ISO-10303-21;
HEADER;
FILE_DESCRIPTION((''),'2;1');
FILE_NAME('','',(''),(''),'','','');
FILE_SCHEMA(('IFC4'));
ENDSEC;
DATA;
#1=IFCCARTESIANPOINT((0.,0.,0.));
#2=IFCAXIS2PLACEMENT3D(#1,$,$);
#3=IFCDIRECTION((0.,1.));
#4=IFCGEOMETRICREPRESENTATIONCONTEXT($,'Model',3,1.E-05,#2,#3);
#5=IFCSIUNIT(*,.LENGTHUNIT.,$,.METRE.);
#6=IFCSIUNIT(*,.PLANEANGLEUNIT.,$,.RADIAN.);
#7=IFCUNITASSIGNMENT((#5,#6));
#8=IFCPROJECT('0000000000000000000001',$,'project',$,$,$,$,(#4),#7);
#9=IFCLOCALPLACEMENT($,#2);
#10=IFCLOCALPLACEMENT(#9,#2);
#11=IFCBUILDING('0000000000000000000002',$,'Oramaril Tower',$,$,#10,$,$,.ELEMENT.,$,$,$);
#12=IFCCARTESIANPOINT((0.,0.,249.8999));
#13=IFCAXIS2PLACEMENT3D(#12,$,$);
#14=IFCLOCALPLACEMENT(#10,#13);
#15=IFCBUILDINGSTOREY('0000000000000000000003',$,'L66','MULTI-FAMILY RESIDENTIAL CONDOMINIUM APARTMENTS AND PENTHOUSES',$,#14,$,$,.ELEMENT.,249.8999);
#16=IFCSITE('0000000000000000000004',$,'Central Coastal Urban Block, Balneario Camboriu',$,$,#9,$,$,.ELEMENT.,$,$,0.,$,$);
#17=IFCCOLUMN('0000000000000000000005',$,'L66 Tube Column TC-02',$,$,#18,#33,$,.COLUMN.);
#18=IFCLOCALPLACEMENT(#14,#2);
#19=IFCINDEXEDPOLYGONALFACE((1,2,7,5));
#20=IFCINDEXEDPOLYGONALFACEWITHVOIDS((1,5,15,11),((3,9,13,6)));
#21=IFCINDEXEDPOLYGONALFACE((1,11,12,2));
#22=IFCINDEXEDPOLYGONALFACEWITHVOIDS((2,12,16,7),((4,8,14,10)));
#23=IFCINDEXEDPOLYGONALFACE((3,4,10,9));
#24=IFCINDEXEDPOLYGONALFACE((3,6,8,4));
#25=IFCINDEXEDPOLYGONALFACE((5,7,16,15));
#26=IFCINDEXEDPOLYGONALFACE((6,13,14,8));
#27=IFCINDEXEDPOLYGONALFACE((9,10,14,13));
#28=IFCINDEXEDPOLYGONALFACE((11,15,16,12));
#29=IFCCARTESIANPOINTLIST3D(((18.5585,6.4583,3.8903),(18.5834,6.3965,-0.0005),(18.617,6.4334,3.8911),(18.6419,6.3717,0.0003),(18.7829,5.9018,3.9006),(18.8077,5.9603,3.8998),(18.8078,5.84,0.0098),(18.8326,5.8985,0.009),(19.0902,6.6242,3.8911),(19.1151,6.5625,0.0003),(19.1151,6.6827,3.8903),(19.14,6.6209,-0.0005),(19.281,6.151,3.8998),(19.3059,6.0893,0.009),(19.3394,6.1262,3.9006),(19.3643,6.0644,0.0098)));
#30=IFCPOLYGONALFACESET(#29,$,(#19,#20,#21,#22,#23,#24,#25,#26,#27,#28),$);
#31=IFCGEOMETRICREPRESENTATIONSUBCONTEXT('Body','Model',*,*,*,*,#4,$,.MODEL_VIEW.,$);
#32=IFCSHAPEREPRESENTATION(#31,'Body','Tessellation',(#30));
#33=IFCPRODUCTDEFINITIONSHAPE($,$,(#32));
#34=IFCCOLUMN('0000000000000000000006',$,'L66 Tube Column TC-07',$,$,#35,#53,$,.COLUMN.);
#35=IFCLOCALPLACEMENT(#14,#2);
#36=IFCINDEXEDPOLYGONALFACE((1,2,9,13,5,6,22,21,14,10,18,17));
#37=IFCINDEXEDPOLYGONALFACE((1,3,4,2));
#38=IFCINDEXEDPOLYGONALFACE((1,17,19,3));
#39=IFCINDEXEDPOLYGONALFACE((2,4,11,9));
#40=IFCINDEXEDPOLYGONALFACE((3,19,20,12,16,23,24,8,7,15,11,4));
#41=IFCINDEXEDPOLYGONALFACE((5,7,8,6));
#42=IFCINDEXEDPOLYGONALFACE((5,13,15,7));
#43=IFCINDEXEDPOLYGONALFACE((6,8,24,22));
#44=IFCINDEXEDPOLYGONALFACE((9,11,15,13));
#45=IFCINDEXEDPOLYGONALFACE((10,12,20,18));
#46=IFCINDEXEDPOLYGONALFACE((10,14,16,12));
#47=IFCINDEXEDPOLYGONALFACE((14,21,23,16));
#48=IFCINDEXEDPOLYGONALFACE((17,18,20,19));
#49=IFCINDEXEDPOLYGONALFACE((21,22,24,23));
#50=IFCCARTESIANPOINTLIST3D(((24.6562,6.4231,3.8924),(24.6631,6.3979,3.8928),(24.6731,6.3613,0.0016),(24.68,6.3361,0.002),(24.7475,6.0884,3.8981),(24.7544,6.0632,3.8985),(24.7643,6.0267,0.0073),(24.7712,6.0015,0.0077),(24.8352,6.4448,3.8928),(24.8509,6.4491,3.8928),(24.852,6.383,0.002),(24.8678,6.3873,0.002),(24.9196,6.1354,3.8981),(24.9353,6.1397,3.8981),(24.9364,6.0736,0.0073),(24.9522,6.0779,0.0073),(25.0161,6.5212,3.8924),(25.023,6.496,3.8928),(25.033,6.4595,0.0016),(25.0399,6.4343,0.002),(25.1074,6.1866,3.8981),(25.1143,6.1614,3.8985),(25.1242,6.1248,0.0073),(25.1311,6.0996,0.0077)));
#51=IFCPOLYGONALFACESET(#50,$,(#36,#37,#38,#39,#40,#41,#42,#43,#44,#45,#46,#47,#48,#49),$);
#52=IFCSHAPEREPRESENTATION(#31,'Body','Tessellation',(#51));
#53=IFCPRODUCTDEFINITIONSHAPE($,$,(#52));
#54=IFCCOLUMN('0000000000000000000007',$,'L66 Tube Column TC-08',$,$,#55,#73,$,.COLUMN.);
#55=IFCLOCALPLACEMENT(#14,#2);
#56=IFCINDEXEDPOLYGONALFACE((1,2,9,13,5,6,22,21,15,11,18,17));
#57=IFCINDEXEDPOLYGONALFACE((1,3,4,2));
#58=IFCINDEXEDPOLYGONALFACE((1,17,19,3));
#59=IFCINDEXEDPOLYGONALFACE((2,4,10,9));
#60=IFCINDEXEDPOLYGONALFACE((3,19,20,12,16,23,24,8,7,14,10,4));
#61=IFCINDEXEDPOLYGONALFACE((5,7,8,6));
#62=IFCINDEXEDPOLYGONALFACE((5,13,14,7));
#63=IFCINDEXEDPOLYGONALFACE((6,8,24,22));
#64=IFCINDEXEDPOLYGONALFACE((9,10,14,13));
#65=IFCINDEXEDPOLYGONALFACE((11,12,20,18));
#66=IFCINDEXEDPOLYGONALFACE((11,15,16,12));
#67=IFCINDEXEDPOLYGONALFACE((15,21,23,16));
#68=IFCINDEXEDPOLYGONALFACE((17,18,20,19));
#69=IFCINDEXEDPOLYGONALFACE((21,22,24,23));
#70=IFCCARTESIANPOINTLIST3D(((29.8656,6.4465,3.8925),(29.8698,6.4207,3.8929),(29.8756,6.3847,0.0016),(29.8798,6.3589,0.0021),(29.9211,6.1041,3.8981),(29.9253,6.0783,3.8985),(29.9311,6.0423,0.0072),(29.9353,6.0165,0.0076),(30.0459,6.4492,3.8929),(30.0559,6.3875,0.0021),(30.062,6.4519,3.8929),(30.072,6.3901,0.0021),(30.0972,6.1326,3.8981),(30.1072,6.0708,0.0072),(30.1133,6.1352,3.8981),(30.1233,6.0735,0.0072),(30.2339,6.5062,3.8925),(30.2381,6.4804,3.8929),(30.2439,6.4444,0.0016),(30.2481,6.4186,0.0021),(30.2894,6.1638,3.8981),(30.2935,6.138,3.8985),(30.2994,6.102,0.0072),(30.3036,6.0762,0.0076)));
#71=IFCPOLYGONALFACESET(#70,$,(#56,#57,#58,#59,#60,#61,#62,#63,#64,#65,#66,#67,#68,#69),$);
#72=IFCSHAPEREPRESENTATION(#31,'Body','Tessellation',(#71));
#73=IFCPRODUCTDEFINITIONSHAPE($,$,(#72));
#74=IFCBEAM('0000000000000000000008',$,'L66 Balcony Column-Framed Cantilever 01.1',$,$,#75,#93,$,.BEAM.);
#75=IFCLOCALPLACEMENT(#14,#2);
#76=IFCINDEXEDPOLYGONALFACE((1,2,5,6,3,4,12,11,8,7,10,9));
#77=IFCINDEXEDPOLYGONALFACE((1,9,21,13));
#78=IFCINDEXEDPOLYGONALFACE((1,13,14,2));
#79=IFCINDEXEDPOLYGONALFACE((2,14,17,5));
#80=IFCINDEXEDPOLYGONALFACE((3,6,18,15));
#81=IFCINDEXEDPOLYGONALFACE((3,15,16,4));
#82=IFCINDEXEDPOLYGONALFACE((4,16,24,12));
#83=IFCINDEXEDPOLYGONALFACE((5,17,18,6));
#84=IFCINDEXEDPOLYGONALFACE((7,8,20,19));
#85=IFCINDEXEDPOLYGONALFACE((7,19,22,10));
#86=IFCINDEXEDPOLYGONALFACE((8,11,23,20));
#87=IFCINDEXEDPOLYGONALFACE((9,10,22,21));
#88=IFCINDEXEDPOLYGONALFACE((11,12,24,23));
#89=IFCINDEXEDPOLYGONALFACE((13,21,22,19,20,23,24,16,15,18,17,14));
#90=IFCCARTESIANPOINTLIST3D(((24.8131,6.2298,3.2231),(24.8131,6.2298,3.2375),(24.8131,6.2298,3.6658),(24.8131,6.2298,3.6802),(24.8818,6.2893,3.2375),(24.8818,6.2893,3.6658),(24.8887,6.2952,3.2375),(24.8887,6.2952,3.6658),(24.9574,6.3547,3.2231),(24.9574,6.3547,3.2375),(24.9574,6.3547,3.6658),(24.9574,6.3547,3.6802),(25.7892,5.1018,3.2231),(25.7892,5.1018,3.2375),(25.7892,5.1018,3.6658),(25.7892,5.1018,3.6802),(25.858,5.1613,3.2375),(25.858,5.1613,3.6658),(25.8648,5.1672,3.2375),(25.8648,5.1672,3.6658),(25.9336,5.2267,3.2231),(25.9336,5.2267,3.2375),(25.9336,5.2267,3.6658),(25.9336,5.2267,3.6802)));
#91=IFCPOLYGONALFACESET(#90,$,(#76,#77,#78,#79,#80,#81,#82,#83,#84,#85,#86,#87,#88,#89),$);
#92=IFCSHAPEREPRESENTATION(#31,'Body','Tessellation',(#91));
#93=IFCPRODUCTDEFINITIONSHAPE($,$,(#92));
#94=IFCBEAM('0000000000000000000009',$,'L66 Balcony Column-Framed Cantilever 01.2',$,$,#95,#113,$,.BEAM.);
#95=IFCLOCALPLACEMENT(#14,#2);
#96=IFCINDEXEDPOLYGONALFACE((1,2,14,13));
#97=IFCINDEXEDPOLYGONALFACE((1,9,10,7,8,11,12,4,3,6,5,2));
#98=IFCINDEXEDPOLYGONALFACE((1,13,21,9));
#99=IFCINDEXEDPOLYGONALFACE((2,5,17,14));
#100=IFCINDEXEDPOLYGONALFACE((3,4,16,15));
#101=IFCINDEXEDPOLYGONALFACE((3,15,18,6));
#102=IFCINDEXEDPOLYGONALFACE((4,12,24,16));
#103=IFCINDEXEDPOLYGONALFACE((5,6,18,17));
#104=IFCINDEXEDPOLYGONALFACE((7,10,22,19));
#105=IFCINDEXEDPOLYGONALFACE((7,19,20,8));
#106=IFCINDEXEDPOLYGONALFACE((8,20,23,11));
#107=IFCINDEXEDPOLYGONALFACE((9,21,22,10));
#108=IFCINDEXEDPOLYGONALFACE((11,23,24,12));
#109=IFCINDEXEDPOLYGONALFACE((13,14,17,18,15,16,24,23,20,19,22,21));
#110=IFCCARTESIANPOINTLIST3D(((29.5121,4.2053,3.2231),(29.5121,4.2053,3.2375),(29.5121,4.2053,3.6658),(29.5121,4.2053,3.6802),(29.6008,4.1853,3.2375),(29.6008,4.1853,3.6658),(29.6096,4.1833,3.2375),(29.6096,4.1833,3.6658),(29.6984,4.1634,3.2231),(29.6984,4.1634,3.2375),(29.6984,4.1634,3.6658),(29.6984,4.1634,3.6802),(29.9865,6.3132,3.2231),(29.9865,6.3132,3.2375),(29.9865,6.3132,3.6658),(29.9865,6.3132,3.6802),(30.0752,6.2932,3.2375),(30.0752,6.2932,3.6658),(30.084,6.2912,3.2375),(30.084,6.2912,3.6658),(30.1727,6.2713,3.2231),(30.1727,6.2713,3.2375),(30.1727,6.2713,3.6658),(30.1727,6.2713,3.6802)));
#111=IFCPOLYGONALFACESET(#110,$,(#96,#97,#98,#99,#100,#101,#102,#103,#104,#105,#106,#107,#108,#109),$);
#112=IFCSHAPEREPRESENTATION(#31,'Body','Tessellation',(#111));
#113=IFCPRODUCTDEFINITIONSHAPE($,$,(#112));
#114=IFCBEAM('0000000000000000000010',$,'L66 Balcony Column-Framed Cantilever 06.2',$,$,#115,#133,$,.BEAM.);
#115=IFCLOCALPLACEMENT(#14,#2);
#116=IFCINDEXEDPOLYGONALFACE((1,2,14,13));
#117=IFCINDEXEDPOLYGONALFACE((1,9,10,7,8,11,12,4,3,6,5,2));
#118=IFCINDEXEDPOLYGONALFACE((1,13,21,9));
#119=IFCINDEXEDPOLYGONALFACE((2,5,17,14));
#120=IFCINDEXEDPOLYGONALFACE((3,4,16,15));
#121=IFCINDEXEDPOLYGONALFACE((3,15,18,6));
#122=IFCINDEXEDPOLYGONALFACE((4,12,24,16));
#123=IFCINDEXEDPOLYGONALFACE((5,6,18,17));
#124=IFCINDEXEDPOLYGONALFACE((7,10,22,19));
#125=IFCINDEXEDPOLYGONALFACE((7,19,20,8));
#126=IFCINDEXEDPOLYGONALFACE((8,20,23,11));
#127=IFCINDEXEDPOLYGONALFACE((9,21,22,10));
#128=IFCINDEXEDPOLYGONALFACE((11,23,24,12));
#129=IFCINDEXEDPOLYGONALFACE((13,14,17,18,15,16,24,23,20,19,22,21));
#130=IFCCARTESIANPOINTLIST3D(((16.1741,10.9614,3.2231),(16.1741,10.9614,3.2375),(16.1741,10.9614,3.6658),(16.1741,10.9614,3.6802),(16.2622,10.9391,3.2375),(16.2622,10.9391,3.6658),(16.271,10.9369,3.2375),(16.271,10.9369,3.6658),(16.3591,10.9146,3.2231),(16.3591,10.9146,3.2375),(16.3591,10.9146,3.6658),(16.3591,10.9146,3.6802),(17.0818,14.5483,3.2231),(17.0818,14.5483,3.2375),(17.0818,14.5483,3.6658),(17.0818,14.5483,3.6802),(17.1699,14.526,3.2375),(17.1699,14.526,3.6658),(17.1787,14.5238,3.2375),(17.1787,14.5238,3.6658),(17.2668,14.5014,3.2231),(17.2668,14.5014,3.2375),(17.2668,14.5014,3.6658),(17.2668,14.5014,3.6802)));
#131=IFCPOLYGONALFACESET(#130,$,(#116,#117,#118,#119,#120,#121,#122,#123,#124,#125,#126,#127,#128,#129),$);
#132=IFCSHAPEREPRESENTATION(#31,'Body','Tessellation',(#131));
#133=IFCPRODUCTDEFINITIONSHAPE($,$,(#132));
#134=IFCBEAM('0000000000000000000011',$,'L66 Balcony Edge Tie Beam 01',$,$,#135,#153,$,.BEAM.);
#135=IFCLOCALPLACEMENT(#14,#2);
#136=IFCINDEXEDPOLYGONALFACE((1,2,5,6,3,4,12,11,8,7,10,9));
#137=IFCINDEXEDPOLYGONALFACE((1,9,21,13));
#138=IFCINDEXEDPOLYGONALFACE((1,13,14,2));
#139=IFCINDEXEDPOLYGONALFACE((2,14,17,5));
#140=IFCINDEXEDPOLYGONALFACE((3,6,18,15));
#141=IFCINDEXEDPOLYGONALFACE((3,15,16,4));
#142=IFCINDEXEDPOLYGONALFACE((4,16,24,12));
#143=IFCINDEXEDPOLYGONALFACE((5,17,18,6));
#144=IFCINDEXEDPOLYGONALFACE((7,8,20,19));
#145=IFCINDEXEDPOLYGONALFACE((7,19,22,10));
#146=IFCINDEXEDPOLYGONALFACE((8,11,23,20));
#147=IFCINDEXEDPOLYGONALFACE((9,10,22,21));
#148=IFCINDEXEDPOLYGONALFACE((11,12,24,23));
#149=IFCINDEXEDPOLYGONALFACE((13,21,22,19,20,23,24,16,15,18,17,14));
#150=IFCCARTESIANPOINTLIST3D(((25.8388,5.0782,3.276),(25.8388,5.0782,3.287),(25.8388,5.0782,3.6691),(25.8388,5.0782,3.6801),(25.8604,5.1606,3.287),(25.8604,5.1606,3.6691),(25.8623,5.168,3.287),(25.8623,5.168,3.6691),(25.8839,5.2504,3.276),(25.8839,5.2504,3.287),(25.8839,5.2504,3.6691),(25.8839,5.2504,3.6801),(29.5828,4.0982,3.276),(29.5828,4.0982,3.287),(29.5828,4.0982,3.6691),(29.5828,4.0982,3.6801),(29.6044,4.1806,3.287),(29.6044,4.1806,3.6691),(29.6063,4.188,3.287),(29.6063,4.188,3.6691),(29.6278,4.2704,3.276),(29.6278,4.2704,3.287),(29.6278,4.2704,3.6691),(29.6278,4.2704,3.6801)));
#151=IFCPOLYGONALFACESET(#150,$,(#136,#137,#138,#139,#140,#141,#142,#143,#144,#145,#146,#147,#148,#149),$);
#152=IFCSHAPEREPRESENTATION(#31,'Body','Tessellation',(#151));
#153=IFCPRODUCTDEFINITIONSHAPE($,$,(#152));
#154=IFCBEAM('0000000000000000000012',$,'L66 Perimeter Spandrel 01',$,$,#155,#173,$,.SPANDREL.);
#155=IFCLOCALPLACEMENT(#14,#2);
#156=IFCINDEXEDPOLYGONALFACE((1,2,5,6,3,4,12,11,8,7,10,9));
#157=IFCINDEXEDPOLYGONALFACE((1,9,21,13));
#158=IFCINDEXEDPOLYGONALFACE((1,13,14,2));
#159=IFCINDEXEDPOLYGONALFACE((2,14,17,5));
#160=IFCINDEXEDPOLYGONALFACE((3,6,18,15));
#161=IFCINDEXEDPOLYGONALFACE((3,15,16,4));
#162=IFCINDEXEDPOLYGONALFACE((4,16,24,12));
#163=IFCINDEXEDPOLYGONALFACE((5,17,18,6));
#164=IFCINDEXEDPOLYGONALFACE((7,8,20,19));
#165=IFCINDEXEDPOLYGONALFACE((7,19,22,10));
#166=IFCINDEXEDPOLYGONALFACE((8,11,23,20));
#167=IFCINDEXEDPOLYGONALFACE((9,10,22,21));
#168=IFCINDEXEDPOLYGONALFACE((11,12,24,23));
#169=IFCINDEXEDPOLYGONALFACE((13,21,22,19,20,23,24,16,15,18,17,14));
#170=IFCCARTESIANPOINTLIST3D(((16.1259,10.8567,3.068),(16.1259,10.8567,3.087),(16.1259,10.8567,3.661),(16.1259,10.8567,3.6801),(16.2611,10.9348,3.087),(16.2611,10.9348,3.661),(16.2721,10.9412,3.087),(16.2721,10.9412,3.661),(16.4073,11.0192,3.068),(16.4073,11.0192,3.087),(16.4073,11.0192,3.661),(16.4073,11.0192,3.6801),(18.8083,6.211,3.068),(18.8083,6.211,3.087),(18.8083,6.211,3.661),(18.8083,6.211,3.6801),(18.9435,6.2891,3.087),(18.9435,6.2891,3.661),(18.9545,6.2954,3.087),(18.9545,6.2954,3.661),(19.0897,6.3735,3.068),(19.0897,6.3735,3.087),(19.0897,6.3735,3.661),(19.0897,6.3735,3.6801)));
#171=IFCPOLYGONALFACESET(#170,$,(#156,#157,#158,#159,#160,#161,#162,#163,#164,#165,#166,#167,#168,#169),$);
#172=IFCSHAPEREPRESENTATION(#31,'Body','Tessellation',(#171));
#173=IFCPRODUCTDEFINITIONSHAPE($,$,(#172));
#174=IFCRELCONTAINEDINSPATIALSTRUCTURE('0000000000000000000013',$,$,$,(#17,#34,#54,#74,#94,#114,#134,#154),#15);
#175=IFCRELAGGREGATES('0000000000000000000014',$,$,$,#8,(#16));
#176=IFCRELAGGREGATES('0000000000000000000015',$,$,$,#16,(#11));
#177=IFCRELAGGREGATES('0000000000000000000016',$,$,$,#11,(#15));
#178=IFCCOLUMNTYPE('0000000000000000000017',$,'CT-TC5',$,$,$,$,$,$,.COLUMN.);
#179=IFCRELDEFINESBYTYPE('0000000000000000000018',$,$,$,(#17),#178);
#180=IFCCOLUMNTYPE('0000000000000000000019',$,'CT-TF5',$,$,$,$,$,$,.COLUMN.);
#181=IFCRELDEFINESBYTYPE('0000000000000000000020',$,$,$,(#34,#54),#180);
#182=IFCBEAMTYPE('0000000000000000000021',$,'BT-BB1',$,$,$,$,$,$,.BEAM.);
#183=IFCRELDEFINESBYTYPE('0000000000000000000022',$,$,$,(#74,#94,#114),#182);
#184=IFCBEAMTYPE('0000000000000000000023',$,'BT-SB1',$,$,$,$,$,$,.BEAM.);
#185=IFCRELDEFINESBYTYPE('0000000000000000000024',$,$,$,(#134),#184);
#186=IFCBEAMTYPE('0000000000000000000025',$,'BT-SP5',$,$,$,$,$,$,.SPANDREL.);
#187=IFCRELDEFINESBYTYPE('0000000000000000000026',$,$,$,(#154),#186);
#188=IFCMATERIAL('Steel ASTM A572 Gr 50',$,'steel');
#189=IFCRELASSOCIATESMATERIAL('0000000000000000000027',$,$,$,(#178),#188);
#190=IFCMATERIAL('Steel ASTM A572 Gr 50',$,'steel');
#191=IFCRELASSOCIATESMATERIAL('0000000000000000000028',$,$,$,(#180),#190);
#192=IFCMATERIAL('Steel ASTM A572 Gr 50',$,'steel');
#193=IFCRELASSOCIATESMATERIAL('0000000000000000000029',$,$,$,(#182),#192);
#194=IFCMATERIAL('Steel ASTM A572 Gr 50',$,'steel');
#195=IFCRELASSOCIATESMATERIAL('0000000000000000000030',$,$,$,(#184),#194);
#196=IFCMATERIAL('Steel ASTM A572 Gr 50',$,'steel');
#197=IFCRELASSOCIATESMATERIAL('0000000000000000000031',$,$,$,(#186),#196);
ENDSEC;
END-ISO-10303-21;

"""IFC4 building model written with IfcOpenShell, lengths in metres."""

from ifc_helpers import new_model, si_unit, direction, frame, origin, origin_2d, place, context, subcontext, project, spatial, hollow_rectangle, i_section, extrude, material, material_profile, profile_set, type_object, element, save


model = new_model("IFC4")

# Units and contexts
model_context = context("Model", 3, precision=1e-05, world=origin(), true_north=direction((0.0, 1.0)))
body_context = subcontext(model_context, "Body", "Model", "MODEL_VIEW")
ifc_project = project(units=[si_unit("LENGTHUNIT", "METRE"), si_unit("PLANEANGLEUNIT", "RADIAN")], contexts=[model_context])

# Site, building, storey
site_placement = place(None, origin())
site = spatial("IfcSite", under=ifc_project, at=site_placement, Name="Central Coastal Urban Block, Balneario Camboriu", CompositionType="ELEMENT", RefElevation=0.0)
building_placement = place(site_placement, origin())
building = spatial("IfcBuilding", under=site, at=building_placement, Name="Oramaril Tower", CompositionType="ELEMENT")
storey_placement = place(building_placement, frame((0.0, 0.0, 249.8999)))
storey = spatial("IfcBuildingStorey", under=building, at=storey_placement, Name="L66", Description="MULTI-FAMILY RESIDENTIAL CONDOMINIUM APARTMENTS AND PENTHOUSES", CompositionType="ELEMENT", Elevation=249.8999)

# Columns
ifc_material_1 = material(Name="Steel ASTM A572 Gr 50", Category="steel")
ifc_material_profile_1 = material_profile(ifc_material_1, hollow_rectangle(XDim=0.6001, YDim=0.6001, WallThickness=0.0449, at=origin_2d()), Name="BOX600X600X45")
ifc_profile_set_1 = profile_set([ifc_material_profile_1], Name="Steel ASTM A572 Gr 50")
column_type_1 = type_object("IfcColumnType", Name="CT-TC5", PredefinedType="COLUMN", material=ifc_profile_set_1)
column_placement = place(storey_placement, frame((18.9739, 6.2305, 0.0046), z_axis=(-0.006399, 0.015873, 0.999854), x_axis=(-0.927462, -0.373917, 0.0)))
element("IfcColumn", 1, at=column_placement, inside=storey, type_object=column_type_1, Name="L66 Tube Column TC-02", PredefinedType="COLUMN", context=body_context, shape_type="SweptSolid", body=[
    extrude(hollow_rectangle(XDim=0.6001, YDim=0.6001, WallThickness=0.0449, at=origin_2d()), origin(), (0.0, 0.0, 1.0), 3.8914),
])
ifc_material_2 = material(Name="Steel ASTM A572 Gr 50", Category="steel")
ifc_material_profile_2 = material_profile(ifc_material_2, i_section(OverallWidth=0.373, OverallDepth=0.373, WebThickness=0.0164, FlangeThickness=0.0261, at=origin_2d()), Name="W14X132")
ifc_profile_set_2 = profile_set([ifc_material_profile_2], Name="Steel ASTM A572 Gr 50")
column_type_2 = type_object("IfcColumnType", Name="CT-TF5", PredefinedType="COLUMN", material=ifc_profile_set_2)
for number, where, z_axis, x_axis, name in (
    (2, (24.9021, 6.2305, 0.0046), (-0.004329, 0.015873, 0.999865), (-0.964764, -0.263117, 0.0), "L66 Tube Column TC-07"),
    (3, (30.0896, 6.2305, 0.0046), (-0.002572, 0.015873, 0.999871), (-0.987122, -0.159968, 0.0), "L66 Tube Column TC-08"),
):
    element("IfcColumn", number, at=place(storey_placement, frame(where, z_axis=z_axis, x_axis=x_axis)), inside=storey, type_object=column_type_2, Name=name, PredefinedType="COLUMN", context=body_context, shape_type="SweptSolid", body=[
        extrude(i_section(OverallWidth=0.373, OverallDepth=0.373, WebThickness=0.0164, FlangeThickness=0.0261, at=origin_2d()), origin(), (0.0, 0.0, 1.0), 3.8914),
    ])

# Beams
ifc_material_3 = material(Name="Steel ASTM A572 Gr 50", Category="steel")
ifc_material_profile_3 = material_profile(ifc_material_3, i_section(OverallWidth=0.1909, OverallDepth=0.457, WebThickness=0.009, FlangeThickness=0.0144, at=origin_2d()), Name="W18X50")
ifc_profile_set_3 = profile_set([ifc_material_profile_3], Name="Steel ASTM A572 Gr 50")
beam_type_1 = type_object("IfcBeamType", Name="BT-BB1", PredefinedType="BEAM", material=ifc_profile_set_3)
beam_1_placement = place(storey_placement, frame((24.8853, 6.2922, 3.4517), z_axis=(0.65437, -0.756175, 0.0), x_axis=(0.756175, 0.65437, 0.0)))
element("IfcBeam", 4, at=beam_1_placement, inside=storey, type_object=beam_type_1, Name="L66 Balcony Column-Framed Cantilever 01.1", PredefinedType="BEAM", context=body_context, shape_type="SweptSolid", body=[
    extrude(i_section(OverallWidth=0.1909, OverallDepth=0.457, WebThickness=0.009, FlangeThickness=0.0144, at=origin_2d()), origin(), (0.0, 0.0, 1.0), 1.4917),
])
beam_2_placement = place(storey_placement, frame((30.0796, 6.2922, 3.4517), z_axis=(-0.21955, -0.975601, 0.0), x_axis=(0.975601, -0.21955, 0.0)))
element("IfcBeam", 5, at=beam_2_placement, inside=storey, type_object=beam_type_1, Name="L66 Balcony Column-Framed Cantilever 01.2", PredefinedType="BEAM", context=body_context, shape_type="SweptSolid", body=[
    extrude(i_section(OverallWidth=0.1909, OverallDepth=0.457, WebThickness=0.009, FlangeThickness=0.0144, at=origin_2d()), origin(), (0.0, 0.0, 1.0), 2.1606),
])
beam_3_placement = place(storey_placement, frame((16.2666, 10.938, 3.4517), z_axis=(0.245329, 0.96944, 0.0), x_axis=(-0.96944, 0.245329, 0.0)))
element("IfcBeam", 6, at=beam_3_placement, inside=storey, type_object=beam_type_1, Name="L66 Balcony Column-Framed Cantilever 06.2", PredefinedType="BEAM", context=body_context, shape_type="SweptSolid", body=[
    extrude(i_section(OverallWidth=0.1909, OverallDepth=0.457, WebThickness=0.009, FlangeThickness=0.0144, at=origin_2d()), origin(), (0.0, 0.0, 1.0), 3.7),
])
ifc_material_4 = material(Name="Steel ASTM A572 Gr 50", Category="steel")
ifc_material_profile_4 = material_profile(ifc_material_4, i_section(OverallWidth=0.178, OverallDepth=0.4041, WebThickness=0.0076, FlangeThickness=0.011, at=origin_2d()), Name="W16X36")
ifc_profile_set_4 = profile_set([ifc_material_profile_4], Name="Steel ASTM A572 Gr 50")
beam_type_2 = type_object("IfcBeamType", Name="BT-SB1", PredefinedType="BEAM", material=ifc_profile_set_4)
beam_4_placement = place(storey_placement, frame((25.8613, 5.1643, 3.478), z_axis=(0.967408, -0.253223, 0.0), x_axis=(0.253223, 0.967408, 0.0)))
element("IfcBeam", 7, at=beam_4_placement, inside=storey, type_object=beam_type_2, Name="L66 Balcony Edge Tie Beam 01", PredefinedType="BEAM", context=body_context, shape_type="SweptSolid", body=[
    extrude(i_section(OverallWidth=0.178, OverallDepth=0.4041, WebThickness=0.0076, FlangeThickness=0.011, at=origin_2d()), origin(), (0.0, 0.0, 1.0), 3.8701),
])
ifc_material_5 = material(Name="Steel ASTM A572 Gr 50", Category="steel")
ifc_material_profile_5 = material_profile(ifc_material_5, i_section(OverallWidth=0.325, OverallDepth=0.6121, WebThickness=0.0127, FlangeThickness=0.019, at=origin_2d()), Name="W24X104")
ifc_profile_set_5 = profile_set([ifc_material_profile_5], Name="Steel ASTM A572 Gr 50")
beam_type_3 = type_object("IfcBeamType", Name="BT-SP5", PredefinedType="SPANDREL", material=ifc_profile_set_5)
beam_5_placement = place(storey_placement, frame((16.2666, 10.938, 3.374), z_axis=(0.500021, -0.866014, 0.0), x_axis=(0.866014, 0.500021, 0.0)))
element("IfcBeam", 8, at=beam_5_placement, inside=storey, type_object=beam_type_3, Name="L66 Perimeter Spandrel 01", PredefinedType="SPANDREL", context=body_context, shape_type="SweptSolid", body=[
    extrude(i_section(OverallWidth=0.325, OverallDepth=0.6121, WebThickness=0.0127, FlangeThickness=0.019, at=origin_2d()), origin(), (0.0, 0.0, 1.0), 5.3645),
])

save(model, "model.ifc")
